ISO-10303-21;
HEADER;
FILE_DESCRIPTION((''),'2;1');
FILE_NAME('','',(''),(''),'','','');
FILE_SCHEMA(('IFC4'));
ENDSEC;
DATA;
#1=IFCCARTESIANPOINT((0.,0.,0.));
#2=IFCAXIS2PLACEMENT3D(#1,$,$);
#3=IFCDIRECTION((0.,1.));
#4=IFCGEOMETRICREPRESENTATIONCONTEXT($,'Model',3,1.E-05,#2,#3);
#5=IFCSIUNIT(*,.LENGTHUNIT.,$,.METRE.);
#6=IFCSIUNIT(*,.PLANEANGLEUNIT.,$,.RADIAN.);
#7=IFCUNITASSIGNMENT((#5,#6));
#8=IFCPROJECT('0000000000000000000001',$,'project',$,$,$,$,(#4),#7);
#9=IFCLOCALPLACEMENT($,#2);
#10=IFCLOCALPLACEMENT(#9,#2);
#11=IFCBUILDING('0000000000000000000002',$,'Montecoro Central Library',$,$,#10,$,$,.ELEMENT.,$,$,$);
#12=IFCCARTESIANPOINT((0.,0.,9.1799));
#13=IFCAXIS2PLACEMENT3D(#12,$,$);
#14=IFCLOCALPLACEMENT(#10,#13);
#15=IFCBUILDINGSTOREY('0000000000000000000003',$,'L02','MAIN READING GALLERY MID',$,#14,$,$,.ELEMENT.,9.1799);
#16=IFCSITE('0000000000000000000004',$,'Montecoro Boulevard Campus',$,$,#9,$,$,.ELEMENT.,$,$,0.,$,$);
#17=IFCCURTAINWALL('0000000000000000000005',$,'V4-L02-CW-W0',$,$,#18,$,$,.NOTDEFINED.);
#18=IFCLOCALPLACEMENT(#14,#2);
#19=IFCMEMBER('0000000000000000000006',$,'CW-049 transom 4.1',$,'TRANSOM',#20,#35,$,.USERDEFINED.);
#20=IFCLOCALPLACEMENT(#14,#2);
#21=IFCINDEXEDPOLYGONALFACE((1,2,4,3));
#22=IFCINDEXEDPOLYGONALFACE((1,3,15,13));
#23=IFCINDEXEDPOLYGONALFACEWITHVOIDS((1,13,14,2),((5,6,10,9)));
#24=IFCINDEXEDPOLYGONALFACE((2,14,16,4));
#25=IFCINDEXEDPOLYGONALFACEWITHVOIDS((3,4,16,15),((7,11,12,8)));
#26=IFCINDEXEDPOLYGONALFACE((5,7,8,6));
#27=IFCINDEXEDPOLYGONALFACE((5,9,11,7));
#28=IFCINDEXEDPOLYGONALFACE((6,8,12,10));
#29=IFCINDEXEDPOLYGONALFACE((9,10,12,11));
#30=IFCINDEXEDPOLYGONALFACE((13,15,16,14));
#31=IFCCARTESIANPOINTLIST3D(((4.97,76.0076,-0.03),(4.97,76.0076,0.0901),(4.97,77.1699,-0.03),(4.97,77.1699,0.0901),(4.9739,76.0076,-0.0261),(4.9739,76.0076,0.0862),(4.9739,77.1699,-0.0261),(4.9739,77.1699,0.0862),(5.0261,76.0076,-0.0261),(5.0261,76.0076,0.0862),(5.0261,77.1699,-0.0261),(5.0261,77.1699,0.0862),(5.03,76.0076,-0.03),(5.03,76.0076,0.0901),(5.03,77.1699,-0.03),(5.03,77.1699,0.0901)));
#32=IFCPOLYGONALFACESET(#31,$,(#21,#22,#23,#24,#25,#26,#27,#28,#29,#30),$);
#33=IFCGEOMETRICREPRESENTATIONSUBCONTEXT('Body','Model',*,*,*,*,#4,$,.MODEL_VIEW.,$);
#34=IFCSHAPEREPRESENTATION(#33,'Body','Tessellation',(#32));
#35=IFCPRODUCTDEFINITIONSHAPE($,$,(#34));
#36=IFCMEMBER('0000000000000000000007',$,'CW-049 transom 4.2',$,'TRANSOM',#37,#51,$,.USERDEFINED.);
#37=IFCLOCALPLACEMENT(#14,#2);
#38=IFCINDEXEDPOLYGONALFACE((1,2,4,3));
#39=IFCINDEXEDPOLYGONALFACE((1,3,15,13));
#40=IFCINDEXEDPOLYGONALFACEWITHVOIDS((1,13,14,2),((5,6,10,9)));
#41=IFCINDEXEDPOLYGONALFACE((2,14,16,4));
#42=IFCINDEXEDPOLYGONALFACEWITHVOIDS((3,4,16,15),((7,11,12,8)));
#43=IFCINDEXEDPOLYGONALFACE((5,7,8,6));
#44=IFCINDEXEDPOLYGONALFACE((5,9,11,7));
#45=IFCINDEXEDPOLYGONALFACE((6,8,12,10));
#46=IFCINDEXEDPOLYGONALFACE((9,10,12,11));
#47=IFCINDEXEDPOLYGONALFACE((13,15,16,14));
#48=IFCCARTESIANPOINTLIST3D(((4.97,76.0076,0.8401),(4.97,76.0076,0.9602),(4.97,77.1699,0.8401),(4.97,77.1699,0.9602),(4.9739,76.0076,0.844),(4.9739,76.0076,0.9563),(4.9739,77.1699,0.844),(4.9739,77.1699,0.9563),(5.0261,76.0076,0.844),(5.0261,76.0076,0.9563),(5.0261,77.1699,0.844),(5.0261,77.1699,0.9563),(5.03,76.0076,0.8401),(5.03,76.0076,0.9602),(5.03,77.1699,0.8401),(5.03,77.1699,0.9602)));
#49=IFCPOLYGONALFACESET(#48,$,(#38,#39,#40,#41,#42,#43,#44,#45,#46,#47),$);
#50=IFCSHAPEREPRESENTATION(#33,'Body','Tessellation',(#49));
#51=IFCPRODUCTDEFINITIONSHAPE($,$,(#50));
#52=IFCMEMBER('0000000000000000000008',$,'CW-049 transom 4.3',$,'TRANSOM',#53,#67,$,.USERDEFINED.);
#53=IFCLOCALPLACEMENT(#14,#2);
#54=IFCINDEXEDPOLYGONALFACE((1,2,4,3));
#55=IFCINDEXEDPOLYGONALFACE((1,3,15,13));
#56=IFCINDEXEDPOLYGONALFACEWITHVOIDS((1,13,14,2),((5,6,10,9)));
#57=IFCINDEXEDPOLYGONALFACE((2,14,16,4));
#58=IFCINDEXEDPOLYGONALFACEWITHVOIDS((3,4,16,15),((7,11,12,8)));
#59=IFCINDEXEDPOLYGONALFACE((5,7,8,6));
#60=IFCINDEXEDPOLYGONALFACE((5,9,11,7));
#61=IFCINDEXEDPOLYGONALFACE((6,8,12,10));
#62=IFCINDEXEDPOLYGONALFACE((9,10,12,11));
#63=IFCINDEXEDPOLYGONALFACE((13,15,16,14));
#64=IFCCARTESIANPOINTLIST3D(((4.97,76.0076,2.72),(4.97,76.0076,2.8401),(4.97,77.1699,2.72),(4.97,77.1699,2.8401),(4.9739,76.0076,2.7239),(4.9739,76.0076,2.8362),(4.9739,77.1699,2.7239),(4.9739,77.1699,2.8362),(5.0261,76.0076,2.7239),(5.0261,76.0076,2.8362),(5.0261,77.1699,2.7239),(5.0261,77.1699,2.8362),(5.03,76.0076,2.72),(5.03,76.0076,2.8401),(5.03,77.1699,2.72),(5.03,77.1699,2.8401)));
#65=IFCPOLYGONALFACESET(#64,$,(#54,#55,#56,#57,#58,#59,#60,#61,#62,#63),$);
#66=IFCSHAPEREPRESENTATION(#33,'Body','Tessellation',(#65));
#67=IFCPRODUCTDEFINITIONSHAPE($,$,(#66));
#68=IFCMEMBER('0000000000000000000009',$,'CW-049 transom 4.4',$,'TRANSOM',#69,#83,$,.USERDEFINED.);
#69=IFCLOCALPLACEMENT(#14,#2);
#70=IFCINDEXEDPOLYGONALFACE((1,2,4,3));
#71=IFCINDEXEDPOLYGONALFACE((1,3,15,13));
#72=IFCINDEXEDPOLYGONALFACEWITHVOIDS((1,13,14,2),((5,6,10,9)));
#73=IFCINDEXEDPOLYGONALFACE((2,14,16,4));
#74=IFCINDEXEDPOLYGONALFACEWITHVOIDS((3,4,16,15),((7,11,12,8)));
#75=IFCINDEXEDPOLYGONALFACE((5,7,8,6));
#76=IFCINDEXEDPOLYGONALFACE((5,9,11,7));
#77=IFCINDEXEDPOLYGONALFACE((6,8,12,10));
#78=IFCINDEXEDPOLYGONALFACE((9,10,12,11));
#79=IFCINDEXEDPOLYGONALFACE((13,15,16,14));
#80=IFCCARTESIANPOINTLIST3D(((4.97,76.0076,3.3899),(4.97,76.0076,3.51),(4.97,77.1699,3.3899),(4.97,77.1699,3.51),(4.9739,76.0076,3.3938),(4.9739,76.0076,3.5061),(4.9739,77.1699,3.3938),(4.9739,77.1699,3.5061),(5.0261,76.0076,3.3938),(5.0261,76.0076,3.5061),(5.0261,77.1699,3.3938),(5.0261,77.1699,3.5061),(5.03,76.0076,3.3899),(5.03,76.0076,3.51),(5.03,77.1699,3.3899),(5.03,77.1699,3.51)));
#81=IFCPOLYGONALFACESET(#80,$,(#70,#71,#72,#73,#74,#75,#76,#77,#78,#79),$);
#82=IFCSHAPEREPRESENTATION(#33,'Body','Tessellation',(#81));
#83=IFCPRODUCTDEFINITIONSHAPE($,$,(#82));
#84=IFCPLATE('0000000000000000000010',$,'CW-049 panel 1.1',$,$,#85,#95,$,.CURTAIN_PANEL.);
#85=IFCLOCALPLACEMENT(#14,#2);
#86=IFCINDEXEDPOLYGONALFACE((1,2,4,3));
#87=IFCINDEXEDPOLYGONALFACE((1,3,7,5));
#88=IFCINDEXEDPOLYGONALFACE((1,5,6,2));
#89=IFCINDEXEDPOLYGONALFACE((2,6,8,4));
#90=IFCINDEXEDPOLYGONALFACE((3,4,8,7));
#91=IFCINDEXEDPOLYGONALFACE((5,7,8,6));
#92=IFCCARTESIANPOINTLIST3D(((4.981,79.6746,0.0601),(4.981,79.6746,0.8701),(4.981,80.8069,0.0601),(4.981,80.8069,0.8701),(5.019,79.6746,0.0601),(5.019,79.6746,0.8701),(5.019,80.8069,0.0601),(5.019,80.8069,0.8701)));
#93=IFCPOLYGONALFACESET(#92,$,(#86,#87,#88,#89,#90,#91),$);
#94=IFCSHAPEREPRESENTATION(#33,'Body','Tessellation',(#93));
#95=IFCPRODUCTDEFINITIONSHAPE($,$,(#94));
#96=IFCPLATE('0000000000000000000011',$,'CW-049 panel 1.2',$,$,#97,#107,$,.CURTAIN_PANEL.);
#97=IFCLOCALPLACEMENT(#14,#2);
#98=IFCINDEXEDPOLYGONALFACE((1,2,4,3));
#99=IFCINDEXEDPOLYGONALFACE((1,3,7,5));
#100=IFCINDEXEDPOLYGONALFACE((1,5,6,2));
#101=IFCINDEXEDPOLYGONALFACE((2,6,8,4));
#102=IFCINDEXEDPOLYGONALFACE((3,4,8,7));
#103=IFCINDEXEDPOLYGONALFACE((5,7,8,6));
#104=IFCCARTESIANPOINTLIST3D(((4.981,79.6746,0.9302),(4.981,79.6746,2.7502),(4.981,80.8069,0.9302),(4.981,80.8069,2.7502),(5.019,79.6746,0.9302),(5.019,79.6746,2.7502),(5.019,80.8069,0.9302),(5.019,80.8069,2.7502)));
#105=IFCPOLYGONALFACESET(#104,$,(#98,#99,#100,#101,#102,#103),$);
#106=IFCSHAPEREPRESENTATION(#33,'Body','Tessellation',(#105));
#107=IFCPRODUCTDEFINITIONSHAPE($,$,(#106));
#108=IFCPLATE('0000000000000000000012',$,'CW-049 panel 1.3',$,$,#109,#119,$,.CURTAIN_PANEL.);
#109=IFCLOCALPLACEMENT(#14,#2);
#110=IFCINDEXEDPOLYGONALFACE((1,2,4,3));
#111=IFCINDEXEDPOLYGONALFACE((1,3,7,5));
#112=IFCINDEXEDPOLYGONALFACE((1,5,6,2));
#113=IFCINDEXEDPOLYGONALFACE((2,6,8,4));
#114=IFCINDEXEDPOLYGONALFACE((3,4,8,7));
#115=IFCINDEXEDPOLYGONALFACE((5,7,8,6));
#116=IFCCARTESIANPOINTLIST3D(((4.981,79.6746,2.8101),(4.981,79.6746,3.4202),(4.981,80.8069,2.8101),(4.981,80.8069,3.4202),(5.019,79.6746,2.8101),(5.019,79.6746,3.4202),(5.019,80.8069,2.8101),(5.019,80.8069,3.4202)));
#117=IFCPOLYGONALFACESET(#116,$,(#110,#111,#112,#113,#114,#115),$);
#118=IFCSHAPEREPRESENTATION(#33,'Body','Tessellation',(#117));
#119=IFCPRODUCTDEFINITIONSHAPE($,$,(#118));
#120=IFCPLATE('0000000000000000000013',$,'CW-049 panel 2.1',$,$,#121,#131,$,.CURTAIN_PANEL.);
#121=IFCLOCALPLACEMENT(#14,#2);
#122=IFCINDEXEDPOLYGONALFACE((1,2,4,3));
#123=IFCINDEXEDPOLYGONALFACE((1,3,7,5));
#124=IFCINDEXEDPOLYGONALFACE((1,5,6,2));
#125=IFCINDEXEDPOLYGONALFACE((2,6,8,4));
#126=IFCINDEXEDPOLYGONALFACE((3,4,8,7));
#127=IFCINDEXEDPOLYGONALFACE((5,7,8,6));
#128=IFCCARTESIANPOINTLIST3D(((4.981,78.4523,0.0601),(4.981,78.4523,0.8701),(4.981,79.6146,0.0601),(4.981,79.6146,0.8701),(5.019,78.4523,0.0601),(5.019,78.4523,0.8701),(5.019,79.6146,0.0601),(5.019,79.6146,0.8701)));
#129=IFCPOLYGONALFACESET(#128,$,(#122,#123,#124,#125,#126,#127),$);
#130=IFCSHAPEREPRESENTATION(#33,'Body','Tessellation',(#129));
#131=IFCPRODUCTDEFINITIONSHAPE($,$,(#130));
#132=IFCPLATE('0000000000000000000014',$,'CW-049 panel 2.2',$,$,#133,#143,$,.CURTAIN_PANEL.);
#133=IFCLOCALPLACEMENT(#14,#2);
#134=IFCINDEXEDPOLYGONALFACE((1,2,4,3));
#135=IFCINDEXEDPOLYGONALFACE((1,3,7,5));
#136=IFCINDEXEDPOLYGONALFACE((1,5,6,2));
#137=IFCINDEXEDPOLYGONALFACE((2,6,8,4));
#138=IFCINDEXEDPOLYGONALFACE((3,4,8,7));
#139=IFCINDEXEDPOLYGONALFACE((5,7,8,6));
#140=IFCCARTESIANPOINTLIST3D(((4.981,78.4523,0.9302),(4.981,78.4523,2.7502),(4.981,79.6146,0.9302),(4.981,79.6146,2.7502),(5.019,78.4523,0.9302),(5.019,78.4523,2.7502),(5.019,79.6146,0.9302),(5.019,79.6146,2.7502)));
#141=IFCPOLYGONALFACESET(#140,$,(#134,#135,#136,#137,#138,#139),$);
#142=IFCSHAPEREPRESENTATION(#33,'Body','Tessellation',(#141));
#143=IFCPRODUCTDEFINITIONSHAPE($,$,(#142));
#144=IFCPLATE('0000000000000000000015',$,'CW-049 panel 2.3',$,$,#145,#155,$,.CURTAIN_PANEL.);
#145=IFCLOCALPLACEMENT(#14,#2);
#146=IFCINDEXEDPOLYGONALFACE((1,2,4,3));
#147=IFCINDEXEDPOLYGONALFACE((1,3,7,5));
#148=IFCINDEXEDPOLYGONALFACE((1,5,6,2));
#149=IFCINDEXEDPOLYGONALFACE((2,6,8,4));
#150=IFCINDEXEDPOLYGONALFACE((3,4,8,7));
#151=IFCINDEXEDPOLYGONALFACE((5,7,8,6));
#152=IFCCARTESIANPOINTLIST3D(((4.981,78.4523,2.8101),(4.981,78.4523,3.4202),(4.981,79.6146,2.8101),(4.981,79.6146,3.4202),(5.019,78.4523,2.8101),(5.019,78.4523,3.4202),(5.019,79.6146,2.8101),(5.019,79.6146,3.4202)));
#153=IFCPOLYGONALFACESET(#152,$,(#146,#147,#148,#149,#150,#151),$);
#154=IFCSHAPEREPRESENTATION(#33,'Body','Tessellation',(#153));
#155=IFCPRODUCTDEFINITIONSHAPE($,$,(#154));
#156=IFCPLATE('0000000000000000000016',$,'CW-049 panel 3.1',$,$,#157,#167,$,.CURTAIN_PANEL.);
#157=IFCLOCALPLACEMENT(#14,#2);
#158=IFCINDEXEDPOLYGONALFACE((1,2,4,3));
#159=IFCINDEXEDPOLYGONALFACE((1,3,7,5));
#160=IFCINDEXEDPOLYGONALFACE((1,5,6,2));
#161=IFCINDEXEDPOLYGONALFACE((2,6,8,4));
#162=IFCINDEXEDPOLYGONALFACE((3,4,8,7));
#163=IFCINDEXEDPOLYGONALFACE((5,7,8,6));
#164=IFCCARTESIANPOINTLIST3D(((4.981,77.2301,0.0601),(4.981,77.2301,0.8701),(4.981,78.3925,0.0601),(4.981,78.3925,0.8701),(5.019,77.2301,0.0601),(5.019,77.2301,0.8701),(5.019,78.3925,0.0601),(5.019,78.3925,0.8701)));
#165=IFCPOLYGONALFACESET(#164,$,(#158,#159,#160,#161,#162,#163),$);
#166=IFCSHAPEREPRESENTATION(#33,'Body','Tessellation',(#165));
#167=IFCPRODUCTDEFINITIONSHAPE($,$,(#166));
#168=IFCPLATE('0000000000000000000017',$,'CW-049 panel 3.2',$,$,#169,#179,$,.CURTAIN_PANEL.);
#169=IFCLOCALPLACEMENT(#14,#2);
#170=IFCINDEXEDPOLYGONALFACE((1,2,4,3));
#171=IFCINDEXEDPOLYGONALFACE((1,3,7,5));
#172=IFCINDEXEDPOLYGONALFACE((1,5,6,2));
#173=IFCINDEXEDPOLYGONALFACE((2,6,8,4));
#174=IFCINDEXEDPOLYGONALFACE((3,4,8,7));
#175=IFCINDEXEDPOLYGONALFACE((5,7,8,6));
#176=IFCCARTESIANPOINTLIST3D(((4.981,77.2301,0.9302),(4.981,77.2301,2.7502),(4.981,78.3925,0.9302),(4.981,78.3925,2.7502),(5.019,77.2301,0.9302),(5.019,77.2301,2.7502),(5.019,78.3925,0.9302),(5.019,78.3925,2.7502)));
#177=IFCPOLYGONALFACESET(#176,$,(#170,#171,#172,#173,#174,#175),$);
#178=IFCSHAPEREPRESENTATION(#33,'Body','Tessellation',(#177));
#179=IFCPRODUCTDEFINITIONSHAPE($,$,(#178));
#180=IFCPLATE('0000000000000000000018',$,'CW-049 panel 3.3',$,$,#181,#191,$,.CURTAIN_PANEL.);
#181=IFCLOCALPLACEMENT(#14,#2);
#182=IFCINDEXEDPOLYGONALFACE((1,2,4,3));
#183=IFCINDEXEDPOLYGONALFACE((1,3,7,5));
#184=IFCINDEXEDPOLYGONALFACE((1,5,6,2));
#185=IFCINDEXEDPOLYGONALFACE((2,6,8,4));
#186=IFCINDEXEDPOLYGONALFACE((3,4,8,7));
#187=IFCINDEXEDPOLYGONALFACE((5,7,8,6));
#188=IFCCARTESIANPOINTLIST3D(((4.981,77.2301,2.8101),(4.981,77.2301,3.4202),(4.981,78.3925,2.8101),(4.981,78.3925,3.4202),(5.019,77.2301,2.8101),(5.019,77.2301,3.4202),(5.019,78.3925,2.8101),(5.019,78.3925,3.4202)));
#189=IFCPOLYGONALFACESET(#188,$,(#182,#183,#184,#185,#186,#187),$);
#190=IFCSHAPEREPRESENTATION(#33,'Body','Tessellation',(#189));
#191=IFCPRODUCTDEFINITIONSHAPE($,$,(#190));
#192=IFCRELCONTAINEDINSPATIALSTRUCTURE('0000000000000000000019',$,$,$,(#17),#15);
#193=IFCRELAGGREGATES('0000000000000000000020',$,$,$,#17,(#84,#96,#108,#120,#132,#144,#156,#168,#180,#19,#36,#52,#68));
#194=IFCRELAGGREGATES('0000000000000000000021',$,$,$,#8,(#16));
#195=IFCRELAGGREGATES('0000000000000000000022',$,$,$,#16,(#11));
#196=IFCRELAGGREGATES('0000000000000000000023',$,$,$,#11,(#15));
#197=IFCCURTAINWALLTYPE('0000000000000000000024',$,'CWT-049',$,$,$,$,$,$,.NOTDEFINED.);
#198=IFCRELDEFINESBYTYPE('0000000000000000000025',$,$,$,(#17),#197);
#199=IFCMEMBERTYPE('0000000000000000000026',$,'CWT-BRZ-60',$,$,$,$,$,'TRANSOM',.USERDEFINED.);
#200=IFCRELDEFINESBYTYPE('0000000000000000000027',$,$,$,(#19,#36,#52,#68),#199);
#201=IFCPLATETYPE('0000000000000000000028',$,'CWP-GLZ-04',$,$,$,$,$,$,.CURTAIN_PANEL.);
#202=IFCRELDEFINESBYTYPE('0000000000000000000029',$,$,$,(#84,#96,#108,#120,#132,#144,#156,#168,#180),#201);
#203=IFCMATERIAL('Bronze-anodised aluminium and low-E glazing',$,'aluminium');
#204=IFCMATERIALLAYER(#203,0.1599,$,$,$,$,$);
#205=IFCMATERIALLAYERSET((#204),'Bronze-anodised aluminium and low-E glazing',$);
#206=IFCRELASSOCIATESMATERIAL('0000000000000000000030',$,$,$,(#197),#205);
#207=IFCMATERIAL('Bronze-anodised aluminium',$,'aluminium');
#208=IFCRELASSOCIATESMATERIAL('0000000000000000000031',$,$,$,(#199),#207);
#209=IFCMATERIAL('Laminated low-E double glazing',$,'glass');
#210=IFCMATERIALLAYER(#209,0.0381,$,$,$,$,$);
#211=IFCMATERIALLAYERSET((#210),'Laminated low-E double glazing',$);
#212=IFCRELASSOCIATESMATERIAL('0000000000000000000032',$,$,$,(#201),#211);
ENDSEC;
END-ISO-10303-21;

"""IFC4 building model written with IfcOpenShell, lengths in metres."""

from ifc_helpers import new_model, si_unit, direction, frame, origin, origin_2d, place, context, subcontext, project, spatial, rectangle, hollow_rectangle, extrude, material, layer, layer_set, material_profile, profile_set, type_object, element, aggregate, save


model = new_model("IFC4")

# Units and contexts
model_context = context("Model", 3, precision=1e-05, world=origin(), true_north=direction((0.0, 1.0)))
body_context = subcontext(model_context, "Body", "Model", "MODEL_VIEW")
ifc_project = project(units=[si_unit("LENGTHUNIT", "METRE"), si_unit("PLANEANGLEUNIT", "RADIAN")], contexts=[model_context])

# Site, building, storey
site_placement = place(None, origin())
site = spatial("IfcSite", under=ifc_project, at=site_placement, Name="Montecoro Boulevard Campus", CompositionType="ELEMENT", RefElevation=0.0)
building_placement = place(site_placement, origin())
building = spatial("IfcBuilding", under=site, at=building_placement, Name="Montecoro Central Library", CompositionType="ELEMENT")
storey_placement = place(building_placement, frame((0.0, 0.0, 9.1799)))
storey = spatial("IfcBuildingStorey", under=building, at=storey_placement, Name="L02", Description="MAIN READING GALLERY MID", CompositionType="ELEMENT", Elevation=9.1799)

# Curtain wall, members, plates
ifc_material_1 = material(Name="Bronze-anodised aluminium and low-E glazing", Category="aluminium")
ifc_layer_1 = layer(ifc_material_1, 0.1599)
ifc_layer_set_1 = layer_set([ifc_layer_1], Name="Bronze-anodised aluminium and low-E glazing")
curtain_wall_type = type_object("IfcCurtainWallType", Name="CWT-049", PredefinedType="NOTDEFINED", material=ifc_layer_set_1)
curtain_wall_placement = place(storey_placement, origin())
curtain_wall = element("IfcCurtainWall", 1, at=curtain_wall_placement, inside=storey, type_object=curtain_wall_type, Name="V4-L02-CW-W0", PredefinedType="NOTDEFINED")
ifc_material_2 = material(Name="Bronze-anodised aluminium", Category="aluminium")
ifc_material_profile_1 = material_profile(ifc_material_2, hollow_rectangle(XDim=0.0601, YDim=0.1201, WallThickness=0.0039, at=origin_2d()), Name="CWT 120x60x4.0")
ifc_profile_set_1 = profile_set([ifc_material_profile_1], Name="Bronze-anodised aluminium")
member_type_1 = type_object("IfcMemberType", Name="CWT-BRZ-60", ElementType="TRANSOM", PredefinedType="USERDEFINED", material=ifc_profile_set_1)
member_1_placement = place(storey_placement, frame((5.0, 77.1699, 0.03), z_axis=(0.0, -1.0, 0.0), x_axis=(1.0, 0.0, 0.0)))
member_1 = element("IfcMember", 2, at=member_1_placement, type_object=member_type_1, Name="CW-049 transom 4.1", ObjectType="TRANSOM", PredefinedType="USERDEFINED", context=body_context, shape_type="SweptSolid", body=[
    extrude(hollow_rectangle(XDim=0.0601, YDim=0.1201, WallThickness=0.0039, at=origin_2d()), origin(), (0.0, 0.0, 1.0), 1.1624),
])
member_2_placement = place(storey_placement, frame((5.0, 77.1699, 0.9001), z_axis=(0.0, -1.0, 0.0), x_axis=(1.0, 0.0, 0.0)))
member_2 = element("IfcMember", 3, at=member_2_placement, type_object=member_type_1, Name="CW-049 transom 4.2", ObjectType="TRANSOM", PredefinedType="USERDEFINED", context=body_context, shape_type="SweptSolid", body=[
    extrude(hollow_rectangle(XDim=0.0601, YDim=0.1201, WallThickness=0.0039, at=origin_2d()), origin(), (0.0, 0.0, 1.0), 1.1624),
])
member_3_placement = place(storey_placement, frame((5.0, 77.1699, 2.78), z_axis=(0.0, -1.0, 0.0), x_axis=(1.0, 0.0, 0.0)))
member_3 = element("IfcMember", 4, at=member_3_placement, type_object=member_type_1, Name="CW-049 transom 4.3", ObjectType="TRANSOM", PredefinedType="USERDEFINED", context=body_context, shape_type="SweptSolid", body=[
    extrude(hollow_rectangle(XDim=0.0601, YDim=0.1201, WallThickness=0.0039, at=origin_2d()), origin(), (0.0, 0.0, 1.0), 1.1624),
])
member_4_placement = place(storey_placement, frame((5.0, 77.1699, 3.45), z_axis=(0.0, -1.0, 0.0), x_axis=(1.0, 0.0, 0.0)))
member_4 = element("IfcMember", 5, at=member_4_placement, type_object=member_type_1, Name="CW-049 transom 4.4", ObjectType="TRANSOM", PredefinedType="USERDEFINED", context=body_context, shape_type="SweptSolid", body=[
    extrude(hollow_rectangle(XDim=0.0601, YDim=0.1201, WallThickness=0.0039, at=origin_2d()), origin(), (0.0, 0.0, 1.0), 1.1624),
])
ifc_material_3 = material(Name="Laminated low-E double glazing", Category="glass")
ifc_layer_2 = layer(ifc_material_3, 0.0381)
ifc_layer_set_2 = layer_set([ifc_layer_2], Name="Laminated low-E double glazing")
plate_type = type_object("IfcPlateType", Name="CWP-GLZ-04", PredefinedType="CURTAIN_PANEL", material=ifc_layer_set_2)
plate_1_placement = place(storey_placement, frame((5.0, 80.2407, 0.0601), z_axis=(0.0, 0.0, 1.0), x_axis=(0.0, -1.0, 0.0)))
plate_1 = element("IfcPlate", 6, at=plate_1_placement, type_object=plate_type, Name="CW-049 panel 1.1", PredefinedType="CURTAIN_PANEL", context=body_context, shape_type="SweptSolid", body=[
    extrude(rectangle(XDim=1.1323, YDim=0.0381, at=origin_2d()), origin(), (0.0, 0.0, 1.0), 0.8101),
])
plate_2_placement = place(storey_placement, frame((5.0, 80.2407, 0.9302), z_axis=(0.0, 0.0, 1.0), x_axis=(0.0, -1.0, 0.0)))
plate_2 = element("IfcPlate", 7, at=plate_2_placement, type_object=plate_type, Name="CW-049 panel 1.2", PredefinedType="CURTAIN_PANEL", context=body_context, shape_type="SweptSolid", body=[
    extrude(rectangle(XDim=1.1323, YDim=0.0381, at=origin_2d()), origin(), (0.0, 0.0, 1.0), 1.8201),
])
plate_3_placement = place(storey_placement, frame((5.0, 80.2407, 2.8101), z_axis=(0.0, 0.0, 1.0), x_axis=(0.0, -1.0, 0.0)))
plate_3 = element("IfcPlate", 8, at=plate_3_placement, type_object=plate_type, Name="CW-049 panel 1.3", PredefinedType="CURTAIN_PANEL", context=body_context, shape_type="SweptSolid", body=[
    extrude(rectangle(XDim=1.1323, YDim=0.0381, at=origin_2d()), origin(), (0.0, 0.0, 1.0), 0.6101),
])
plate_4_placement = place(storey_placement, frame((5.0, 79.0334, 0.0601), z_axis=(0.0, 0.0, 1.0), x_axis=(0.0, -1.0, 0.0)))
plate_4 = element("IfcPlate", 9, at=plate_4_placement, type_object=plate_type, Name="CW-049 panel 2.1", PredefinedType="CURTAIN_PANEL", context=body_context, shape_type="SweptSolid", body=[
    extrude(rectangle(XDim=1.1624, YDim=0.0381, at=origin_2d()), origin(), (0.0, 0.0, 1.0), 0.8101),
])
plate_5_placement = place(storey_placement, frame((5.0, 79.0334, 0.9302), z_axis=(0.0, 0.0, 1.0), x_axis=(0.0, -1.0, 0.0)))
plate_5 = element("IfcPlate", 10, at=plate_5_placement, type_object=plate_type, Name="CW-049 panel 2.2", PredefinedType="CURTAIN_PANEL", context=body_context, shape_type="SweptSolid", body=[
    extrude(rectangle(XDim=1.1624, YDim=0.0381, at=origin_2d()), origin(), (0.0, 0.0, 1.0), 1.8201),
])
plate_6_placement = place(storey_placement, frame((5.0, 79.0334, 2.8101), z_axis=(0.0, 0.0, 1.0), x_axis=(0.0, -1.0, 0.0)))
plate_6 = element("IfcPlate", 11, at=plate_6_placement, type_object=plate_type, Name="CW-049 panel 2.3", PredefinedType="CURTAIN_PANEL", context=body_context, shape_type="SweptSolid", body=[
    extrude(rectangle(XDim=1.1624, YDim=0.0381, at=origin_2d()), origin(), (0.0, 0.0, 1.0), 0.6101),
])
plate_7_placement = place(storey_placement, frame((5.0, 77.8113, 0.0601), z_axis=(0.0, 0.0, 1.0), x_axis=(0.0, -1.0, 0.0)))
plate_7 = element("IfcPlate", 12, at=plate_7_placement, type_object=plate_type, Name="CW-049 panel 3.1", PredefinedType="CURTAIN_PANEL", context=body_context, shape_type="SweptSolid", body=[
    extrude(rectangle(XDim=1.1624, YDim=0.0381, at=origin_2d()), origin(), (0.0, 0.0, 1.0), 0.8101),
])
plate_8_placement = place(storey_placement, frame((5.0, 77.8113, 0.9302), z_axis=(0.0, 0.0, 1.0), x_axis=(0.0, -1.0, 0.0)))
plate_8 = element("IfcPlate", 13, at=plate_8_placement, type_object=plate_type, Name="CW-049 panel 3.2", PredefinedType="CURTAIN_PANEL", context=body_context, shape_type="SweptSolid", body=[
    extrude(rectangle(XDim=1.1624, YDim=0.0381, at=origin_2d()), origin(), (0.0, 0.0, 1.0), 1.8201),
])
plate_9_placement = place(storey_placement, frame((5.0, 77.8113, 2.8101), z_axis=(0.0, 0.0, 1.0), x_axis=(0.0, -1.0, 0.0)))
plate_9 = element("IfcPlate", 14, at=plate_9_placement, type_object=plate_type, Name="CW-049 panel 3.3", PredefinedType="CURTAIN_PANEL", context=body_context, shape_type="SweptSolid", body=[
    extrude(rectangle(XDim=1.1624, YDim=0.0381, at=origin_2d()), origin(), (0.0, 0.0, 1.0), 0.6101),
])
aggregate(curtain_wall, [plate_1, plate_2, plate_3, plate_4, plate_5, plate_6, plate_7, plate_8, plate_9, member_1, member_2, member_3, member_4])

save(model, "model.ifc")
